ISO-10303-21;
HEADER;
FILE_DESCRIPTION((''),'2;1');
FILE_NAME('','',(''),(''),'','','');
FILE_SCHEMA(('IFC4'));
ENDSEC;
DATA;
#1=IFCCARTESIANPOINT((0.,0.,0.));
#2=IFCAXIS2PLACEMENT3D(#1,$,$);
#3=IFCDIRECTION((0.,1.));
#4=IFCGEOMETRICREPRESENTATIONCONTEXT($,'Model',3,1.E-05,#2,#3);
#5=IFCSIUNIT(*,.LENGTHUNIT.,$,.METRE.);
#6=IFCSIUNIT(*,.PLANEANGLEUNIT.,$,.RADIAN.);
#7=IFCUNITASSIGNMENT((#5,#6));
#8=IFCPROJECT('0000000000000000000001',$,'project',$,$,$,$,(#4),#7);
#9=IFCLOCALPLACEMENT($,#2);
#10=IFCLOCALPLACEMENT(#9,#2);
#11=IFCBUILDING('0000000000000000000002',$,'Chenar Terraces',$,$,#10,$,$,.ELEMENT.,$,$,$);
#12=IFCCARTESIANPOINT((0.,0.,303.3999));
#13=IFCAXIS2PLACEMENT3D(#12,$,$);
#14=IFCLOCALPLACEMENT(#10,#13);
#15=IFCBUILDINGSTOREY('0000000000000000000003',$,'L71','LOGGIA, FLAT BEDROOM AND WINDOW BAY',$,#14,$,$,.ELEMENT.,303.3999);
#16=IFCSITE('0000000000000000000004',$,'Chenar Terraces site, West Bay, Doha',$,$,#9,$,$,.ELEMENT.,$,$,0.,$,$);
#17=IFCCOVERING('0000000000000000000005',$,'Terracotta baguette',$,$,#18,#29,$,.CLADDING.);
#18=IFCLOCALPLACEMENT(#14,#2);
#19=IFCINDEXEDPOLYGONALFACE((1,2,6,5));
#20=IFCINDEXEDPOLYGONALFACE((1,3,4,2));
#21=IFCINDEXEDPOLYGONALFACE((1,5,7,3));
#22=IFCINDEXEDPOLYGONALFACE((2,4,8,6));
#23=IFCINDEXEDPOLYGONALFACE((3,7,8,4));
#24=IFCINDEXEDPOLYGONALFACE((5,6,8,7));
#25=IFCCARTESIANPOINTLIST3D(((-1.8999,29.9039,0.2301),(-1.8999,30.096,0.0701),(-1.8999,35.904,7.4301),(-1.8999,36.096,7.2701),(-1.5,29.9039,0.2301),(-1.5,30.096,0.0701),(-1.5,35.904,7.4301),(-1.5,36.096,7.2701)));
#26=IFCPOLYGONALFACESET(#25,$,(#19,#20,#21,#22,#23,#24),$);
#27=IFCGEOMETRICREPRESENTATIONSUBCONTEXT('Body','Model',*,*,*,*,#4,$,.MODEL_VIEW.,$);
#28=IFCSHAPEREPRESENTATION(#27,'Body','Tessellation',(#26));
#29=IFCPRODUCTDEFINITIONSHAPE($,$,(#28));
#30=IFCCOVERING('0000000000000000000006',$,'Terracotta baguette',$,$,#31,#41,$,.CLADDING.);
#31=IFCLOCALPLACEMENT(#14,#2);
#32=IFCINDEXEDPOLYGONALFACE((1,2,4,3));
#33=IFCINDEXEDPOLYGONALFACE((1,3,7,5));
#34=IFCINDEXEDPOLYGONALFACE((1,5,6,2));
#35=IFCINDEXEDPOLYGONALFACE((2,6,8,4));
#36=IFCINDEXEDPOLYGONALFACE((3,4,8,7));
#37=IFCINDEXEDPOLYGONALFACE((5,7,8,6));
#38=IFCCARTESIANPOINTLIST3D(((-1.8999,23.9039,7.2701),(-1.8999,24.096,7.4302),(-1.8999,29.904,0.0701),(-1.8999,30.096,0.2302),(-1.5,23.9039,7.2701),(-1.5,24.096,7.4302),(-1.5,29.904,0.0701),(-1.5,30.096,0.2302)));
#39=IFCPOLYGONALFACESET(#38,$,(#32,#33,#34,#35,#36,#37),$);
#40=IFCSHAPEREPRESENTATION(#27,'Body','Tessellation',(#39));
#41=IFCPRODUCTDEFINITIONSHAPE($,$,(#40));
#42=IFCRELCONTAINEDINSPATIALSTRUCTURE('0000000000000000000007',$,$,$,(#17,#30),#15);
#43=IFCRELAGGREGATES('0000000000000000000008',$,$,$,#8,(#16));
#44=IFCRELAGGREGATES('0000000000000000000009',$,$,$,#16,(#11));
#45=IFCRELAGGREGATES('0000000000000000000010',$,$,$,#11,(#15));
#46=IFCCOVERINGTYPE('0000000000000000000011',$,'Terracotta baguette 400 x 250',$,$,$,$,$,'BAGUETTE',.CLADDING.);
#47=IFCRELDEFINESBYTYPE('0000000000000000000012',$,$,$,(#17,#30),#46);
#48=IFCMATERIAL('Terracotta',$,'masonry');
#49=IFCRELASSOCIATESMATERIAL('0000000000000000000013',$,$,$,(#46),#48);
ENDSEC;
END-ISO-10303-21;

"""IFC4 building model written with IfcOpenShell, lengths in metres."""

from ifc_helpers import new_model, si_unit, direction, frame, origin, origin_2d, place, context, subcontext, project, spatial, rectangle, extrude, material, material_profile, profile_set, type_object, element, save


model = new_model("IFC4")

# Units and contexts
model_context = context("Model", 3, precision=1e-05, world=origin(), true_north=direction((0.0, 1.0)))
body_context = subcontext(model_context, "Body", "Model", "MODEL_VIEW")
ifc_project = project(units=[si_unit("LENGTHUNIT", "METRE"), si_unit("PLANEANGLEUNIT", "RADIAN")], contexts=[model_context])

# Site, building, storey
site_placement = place(None, origin())
site = spatial("IfcSite", under=ifc_project, at=site_placement, Name="Chenar Terraces site, West Bay, Doha", CompositionType="ELEMENT", RefElevation=0.0)
building_placement = place(site_placement, origin())
building = spatial("IfcBuilding", under=site, at=building_placement, Name="Chenar Terraces", CompositionType="ELEMENT")
storey_placement = place(building_placement, frame((0.0, 0.0, 303.3999)))
storey = spatial("IfcBuildingStorey", under=building, at=storey_placement, Name="L71", Description="LOGGIA, FLAT BEDROOM AND WINDOW BAY", CompositionType="ELEMENT", Elevation=303.3999)

# Coverings
ifc_material_1 = material(Name="Terracotta", Category="masonry")
ifc_material_profile_1 = material_profile(ifc_material_1, rectangle(XDim=0.3999, YDim=0.25, at=origin_2d()), Name="Terracotta baguette 400 x 250")
ifc_profile_set_1 = profile_set([ifc_material_profile_1], Name="Terracotta")
covering_type = type_object("IfcCoveringType", Name="Terracotta baguette 400 x 250", ElementType="BAGUETTE", PredefinedType="CLADDING", material=ifc_profile_set_1)
for number, where, z_axis, x_axis, name in (
    (1, (-1.7, 36.0, 7.3501), (0.0, -0.640187, -0.768219), (1.0, 0.0, 0.0), "Terracotta baguette"),
    (2, (-1.7, 30.0, 0.1501), (0.0, -0.640187, 0.768219), (1.0, 0.0, 0.0), "Terracotta baguette"),
):
    element("IfcCovering", number, at=place(storey_placement, frame(where, z_axis=z_axis, x_axis=x_axis)), inside=storey, type_object=covering_type, Name=name, PredefinedType="CLADDING", context=body_context, shape_type="SweptSolid", body=[
        extrude(rectangle(XDim=0.3999, YDim=0.25, at=origin_2d()), origin(), (0.0, 0.0, 1.0), 9.3723),
    ])

save(model, "model.ifc")
